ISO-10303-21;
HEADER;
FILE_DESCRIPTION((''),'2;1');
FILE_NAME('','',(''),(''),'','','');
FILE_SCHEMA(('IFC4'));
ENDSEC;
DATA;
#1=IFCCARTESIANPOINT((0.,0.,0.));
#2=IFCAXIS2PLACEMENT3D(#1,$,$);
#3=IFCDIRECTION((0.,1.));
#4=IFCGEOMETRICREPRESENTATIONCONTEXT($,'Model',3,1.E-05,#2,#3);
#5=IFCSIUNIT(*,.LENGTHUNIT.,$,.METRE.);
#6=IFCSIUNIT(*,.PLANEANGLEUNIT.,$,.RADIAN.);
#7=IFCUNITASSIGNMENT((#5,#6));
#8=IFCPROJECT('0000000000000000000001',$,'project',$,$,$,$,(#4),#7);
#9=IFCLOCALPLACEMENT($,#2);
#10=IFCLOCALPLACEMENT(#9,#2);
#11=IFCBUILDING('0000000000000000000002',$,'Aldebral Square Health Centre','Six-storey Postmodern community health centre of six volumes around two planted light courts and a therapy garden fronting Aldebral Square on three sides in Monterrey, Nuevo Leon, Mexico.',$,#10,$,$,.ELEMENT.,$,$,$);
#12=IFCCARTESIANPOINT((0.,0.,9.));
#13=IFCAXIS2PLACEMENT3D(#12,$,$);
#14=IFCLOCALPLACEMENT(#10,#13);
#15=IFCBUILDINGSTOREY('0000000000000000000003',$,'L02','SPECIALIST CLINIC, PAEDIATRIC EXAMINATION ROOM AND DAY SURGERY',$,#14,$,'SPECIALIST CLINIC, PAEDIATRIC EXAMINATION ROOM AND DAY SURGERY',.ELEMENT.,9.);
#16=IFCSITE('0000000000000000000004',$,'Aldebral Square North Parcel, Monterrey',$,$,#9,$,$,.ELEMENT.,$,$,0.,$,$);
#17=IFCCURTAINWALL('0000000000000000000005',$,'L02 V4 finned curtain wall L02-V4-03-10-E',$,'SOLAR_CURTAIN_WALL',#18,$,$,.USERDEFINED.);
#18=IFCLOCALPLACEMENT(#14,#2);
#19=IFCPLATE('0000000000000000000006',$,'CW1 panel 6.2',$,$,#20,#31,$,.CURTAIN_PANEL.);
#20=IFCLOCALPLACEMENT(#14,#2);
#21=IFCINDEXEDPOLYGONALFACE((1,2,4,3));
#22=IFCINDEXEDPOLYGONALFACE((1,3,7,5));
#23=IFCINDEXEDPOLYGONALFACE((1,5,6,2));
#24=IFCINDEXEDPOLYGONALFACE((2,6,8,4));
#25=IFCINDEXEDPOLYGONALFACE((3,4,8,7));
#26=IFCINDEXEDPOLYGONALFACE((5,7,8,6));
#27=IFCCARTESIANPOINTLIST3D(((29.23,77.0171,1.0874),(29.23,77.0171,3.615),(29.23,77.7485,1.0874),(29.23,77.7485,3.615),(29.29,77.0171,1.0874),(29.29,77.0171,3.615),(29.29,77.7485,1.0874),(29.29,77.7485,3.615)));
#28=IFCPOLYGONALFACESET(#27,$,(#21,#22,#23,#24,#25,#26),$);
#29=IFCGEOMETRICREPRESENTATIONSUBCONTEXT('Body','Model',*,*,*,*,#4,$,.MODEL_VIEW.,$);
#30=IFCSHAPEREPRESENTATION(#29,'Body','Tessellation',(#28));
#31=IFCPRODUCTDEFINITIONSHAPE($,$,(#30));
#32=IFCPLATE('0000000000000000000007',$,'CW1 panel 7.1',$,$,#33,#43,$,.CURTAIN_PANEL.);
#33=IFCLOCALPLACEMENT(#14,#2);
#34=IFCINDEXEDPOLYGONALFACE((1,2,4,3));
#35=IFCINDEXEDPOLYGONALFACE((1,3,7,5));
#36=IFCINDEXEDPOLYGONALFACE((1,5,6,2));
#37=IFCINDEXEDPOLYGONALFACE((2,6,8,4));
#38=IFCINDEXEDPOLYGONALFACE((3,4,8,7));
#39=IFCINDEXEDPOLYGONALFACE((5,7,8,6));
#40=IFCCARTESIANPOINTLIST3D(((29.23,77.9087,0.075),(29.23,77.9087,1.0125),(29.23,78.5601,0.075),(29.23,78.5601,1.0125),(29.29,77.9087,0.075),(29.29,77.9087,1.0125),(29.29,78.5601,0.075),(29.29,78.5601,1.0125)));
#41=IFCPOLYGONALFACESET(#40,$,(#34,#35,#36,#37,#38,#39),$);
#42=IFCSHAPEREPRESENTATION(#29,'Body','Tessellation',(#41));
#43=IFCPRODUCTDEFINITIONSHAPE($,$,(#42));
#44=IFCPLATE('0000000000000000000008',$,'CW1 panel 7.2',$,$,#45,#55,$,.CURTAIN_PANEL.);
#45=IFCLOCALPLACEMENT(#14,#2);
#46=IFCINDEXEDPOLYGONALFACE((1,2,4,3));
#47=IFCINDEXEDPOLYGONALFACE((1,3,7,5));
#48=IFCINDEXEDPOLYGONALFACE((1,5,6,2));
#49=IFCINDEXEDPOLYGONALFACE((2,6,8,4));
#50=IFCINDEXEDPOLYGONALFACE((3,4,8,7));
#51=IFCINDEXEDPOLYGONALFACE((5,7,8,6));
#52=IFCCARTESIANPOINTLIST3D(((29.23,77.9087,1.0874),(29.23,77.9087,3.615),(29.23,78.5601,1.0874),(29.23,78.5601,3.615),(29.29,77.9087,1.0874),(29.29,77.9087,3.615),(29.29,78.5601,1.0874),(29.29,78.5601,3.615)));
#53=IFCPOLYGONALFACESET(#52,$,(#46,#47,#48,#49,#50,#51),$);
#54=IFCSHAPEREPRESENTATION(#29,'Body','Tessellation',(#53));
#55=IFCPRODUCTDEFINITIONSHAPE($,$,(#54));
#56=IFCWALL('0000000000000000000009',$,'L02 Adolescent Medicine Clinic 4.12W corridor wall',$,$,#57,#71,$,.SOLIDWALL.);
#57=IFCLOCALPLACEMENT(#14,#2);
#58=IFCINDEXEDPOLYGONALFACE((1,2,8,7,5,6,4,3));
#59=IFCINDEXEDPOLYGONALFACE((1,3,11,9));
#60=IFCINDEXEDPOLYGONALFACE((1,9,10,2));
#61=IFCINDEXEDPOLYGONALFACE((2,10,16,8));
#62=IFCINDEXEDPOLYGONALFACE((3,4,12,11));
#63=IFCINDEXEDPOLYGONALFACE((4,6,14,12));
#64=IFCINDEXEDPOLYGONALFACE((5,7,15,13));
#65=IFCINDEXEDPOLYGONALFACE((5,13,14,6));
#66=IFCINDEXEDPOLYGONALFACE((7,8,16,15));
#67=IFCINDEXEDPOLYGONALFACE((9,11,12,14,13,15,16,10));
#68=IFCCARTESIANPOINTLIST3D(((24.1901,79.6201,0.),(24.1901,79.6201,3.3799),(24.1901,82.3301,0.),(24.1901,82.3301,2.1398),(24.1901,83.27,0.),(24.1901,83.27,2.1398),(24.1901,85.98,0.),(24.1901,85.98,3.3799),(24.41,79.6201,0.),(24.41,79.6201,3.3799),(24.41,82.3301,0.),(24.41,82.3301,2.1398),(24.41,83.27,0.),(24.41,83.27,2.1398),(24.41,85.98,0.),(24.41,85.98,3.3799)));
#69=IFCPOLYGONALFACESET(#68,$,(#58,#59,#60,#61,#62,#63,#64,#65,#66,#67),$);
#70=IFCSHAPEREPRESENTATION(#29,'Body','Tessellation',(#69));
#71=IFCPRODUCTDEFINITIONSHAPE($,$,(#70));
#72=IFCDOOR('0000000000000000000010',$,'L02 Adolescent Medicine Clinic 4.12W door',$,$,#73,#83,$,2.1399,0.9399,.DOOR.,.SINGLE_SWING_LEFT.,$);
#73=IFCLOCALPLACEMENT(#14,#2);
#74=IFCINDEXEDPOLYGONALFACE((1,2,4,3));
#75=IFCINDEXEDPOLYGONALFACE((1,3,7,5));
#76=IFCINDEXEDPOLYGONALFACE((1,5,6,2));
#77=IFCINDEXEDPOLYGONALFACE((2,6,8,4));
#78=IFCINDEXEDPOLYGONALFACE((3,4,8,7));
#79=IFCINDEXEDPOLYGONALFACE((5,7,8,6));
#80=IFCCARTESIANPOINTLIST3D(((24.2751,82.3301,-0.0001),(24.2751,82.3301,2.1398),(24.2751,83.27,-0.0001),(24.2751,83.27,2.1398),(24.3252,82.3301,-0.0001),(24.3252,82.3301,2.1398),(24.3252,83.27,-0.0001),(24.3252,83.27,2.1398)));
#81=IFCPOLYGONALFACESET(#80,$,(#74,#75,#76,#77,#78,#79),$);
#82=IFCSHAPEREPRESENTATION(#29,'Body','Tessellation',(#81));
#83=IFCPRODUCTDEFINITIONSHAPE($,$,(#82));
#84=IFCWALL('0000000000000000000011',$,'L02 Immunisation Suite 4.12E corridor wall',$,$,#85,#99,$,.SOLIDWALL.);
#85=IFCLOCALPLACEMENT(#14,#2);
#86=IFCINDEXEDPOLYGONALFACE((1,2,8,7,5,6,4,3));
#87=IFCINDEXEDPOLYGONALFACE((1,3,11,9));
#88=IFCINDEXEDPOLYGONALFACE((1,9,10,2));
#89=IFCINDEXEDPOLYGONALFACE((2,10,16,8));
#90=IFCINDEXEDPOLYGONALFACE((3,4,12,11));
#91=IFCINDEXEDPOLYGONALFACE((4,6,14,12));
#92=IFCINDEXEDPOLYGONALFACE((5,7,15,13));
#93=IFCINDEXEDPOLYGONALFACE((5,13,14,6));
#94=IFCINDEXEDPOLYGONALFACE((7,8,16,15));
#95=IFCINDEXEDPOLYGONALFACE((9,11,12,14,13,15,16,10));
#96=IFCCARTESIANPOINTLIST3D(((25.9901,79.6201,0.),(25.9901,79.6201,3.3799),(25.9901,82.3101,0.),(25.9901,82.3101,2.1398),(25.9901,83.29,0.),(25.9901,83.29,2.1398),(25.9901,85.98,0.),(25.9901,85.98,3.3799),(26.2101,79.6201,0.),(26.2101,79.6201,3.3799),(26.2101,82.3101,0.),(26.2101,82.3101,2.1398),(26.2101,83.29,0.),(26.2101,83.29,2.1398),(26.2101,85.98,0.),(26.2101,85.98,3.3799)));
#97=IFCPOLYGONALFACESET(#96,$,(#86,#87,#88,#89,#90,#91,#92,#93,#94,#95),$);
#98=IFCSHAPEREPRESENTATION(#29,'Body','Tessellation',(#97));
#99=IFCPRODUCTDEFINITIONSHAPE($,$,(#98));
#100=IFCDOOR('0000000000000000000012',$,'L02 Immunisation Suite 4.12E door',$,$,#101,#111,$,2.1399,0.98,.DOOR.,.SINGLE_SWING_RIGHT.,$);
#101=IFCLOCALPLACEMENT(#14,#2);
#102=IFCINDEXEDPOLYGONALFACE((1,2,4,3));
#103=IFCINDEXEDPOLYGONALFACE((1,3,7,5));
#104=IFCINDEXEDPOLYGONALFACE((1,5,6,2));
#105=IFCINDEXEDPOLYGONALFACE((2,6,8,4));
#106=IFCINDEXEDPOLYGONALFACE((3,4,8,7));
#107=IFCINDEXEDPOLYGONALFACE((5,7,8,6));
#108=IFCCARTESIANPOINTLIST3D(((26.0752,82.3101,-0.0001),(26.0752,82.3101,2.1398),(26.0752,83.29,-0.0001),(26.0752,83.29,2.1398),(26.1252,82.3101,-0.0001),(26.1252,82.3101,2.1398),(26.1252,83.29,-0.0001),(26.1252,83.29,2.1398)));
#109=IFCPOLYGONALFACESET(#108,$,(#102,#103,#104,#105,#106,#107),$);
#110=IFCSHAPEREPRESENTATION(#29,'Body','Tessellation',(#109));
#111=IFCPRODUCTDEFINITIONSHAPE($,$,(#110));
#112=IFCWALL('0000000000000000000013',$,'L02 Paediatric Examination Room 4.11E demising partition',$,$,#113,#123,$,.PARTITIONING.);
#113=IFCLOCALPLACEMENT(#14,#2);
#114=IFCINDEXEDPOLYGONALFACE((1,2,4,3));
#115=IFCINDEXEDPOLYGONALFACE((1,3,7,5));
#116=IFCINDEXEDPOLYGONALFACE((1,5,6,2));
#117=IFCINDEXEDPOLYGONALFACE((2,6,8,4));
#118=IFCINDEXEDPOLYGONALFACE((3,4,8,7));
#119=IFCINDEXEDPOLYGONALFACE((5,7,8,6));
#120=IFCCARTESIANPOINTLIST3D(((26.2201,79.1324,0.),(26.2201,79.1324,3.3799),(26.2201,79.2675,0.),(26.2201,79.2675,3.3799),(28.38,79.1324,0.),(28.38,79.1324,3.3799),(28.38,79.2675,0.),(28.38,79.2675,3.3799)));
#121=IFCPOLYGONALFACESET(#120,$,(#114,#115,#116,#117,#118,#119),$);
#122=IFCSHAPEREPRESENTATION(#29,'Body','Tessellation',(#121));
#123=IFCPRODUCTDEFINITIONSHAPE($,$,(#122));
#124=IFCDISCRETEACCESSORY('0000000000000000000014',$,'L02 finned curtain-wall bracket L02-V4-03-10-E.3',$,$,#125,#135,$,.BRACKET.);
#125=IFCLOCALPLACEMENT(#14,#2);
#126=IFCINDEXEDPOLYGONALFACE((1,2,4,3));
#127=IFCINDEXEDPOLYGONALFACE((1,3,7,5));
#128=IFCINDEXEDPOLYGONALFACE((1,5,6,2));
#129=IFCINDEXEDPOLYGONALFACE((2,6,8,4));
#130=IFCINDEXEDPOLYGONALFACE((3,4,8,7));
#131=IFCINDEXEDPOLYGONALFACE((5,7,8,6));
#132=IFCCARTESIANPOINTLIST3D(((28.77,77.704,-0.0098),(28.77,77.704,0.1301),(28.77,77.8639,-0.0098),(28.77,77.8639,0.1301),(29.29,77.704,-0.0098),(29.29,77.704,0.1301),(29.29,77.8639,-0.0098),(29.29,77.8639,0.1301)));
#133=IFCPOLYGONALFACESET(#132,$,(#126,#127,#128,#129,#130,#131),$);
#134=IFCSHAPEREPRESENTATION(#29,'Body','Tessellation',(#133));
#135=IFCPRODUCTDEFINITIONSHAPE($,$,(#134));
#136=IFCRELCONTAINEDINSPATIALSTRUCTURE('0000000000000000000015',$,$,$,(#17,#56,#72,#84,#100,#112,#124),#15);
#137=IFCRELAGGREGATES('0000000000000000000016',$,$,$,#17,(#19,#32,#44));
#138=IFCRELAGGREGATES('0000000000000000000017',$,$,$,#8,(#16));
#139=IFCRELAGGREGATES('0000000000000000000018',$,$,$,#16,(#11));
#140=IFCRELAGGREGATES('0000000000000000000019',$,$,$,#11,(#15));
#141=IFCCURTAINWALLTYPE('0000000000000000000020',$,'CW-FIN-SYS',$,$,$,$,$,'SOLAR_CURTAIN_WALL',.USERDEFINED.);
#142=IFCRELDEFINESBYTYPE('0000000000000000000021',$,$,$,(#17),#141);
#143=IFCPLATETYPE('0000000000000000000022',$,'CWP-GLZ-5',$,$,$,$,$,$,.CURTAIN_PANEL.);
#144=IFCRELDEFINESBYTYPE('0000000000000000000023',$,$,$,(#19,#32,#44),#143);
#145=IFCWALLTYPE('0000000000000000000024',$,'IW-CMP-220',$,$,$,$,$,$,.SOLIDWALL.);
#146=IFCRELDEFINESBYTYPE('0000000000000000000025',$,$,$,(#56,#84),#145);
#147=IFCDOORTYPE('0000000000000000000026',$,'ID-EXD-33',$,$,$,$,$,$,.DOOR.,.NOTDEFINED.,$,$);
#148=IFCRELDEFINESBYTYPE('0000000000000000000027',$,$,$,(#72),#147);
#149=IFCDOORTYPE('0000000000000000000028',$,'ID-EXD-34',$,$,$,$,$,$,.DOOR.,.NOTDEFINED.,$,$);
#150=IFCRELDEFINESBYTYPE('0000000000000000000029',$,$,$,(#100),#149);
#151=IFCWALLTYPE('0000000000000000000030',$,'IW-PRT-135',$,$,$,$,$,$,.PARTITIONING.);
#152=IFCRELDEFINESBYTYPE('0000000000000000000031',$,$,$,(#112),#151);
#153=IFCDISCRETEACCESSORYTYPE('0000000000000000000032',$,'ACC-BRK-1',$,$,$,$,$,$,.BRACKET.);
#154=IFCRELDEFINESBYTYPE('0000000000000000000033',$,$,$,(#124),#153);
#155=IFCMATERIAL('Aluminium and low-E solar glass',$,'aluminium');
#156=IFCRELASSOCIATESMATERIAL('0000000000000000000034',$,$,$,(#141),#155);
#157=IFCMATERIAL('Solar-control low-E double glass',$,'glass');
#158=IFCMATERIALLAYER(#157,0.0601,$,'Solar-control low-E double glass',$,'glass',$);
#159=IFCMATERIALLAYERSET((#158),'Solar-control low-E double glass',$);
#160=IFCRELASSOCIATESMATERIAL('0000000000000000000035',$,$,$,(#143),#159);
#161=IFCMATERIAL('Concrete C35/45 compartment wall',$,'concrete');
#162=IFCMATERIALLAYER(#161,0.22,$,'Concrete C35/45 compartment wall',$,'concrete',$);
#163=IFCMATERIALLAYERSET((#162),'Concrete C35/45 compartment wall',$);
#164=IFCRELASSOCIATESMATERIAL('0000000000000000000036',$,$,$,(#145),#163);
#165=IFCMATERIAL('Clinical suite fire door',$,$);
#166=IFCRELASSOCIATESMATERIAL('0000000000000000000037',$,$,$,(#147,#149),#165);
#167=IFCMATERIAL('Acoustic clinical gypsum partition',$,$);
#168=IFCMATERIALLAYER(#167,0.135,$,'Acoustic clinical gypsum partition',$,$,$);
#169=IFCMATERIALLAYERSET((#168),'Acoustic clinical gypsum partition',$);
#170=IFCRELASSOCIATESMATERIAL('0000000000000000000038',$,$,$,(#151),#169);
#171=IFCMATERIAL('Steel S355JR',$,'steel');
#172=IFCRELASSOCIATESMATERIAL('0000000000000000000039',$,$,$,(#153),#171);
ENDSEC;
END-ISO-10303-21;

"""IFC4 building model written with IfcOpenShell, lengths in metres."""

from ifc_helpers import new_model, si_unit, direction, frame, frame_2d, origin, origin_2d, place, context, subcontext, project, spatial, rectangle, extrude, material, layer, layer_set, type_object, element, fill, aggregate, save


model = new_model("IFC4")

# Units and contexts
model_context = context("Model", 3, precision=1e-05, world=origin(), true_north=direction((0.0, 1.0)))
body_context = subcontext(model_context, "Body", "Model", "MODEL_VIEW")
ifc_project = project(units=[si_unit("LENGTHUNIT", "METRE"), si_unit("PLANEANGLEUNIT", "RADIAN")], contexts=[model_context])

# Site, building, storey
site_placement = place(None, origin())
site = spatial("IfcSite", under=ifc_project, at=site_placement, Name="Aldebral Square North Parcel, Monterrey", CompositionType="ELEMENT", RefElevation=0.0)
building_placement = place(site_placement, origin())
building = spatial("IfcBuilding", under=site, at=building_placement, Name="Aldebral Square Health Centre", Description="Six-storey Postmodern community health centre of six volumes around two planted light courts and a therapy garden fronting Aldebral Square on three sides in Monterrey, Nuevo Leon, Mexico.", CompositionType="ELEMENT")
storey_placement = place(building_placement, frame((0.0, 0.0, 9.0)))
storey = spatial("IfcBuildingStorey", under=building, at=storey_placement, Name="L02", Description="SPECIALIST CLINIC, PAEDIATRIC EXAMINATION ROOM AND DAY SURGERY", LongName="SPECIALIST CLINIC, PAEDIATRIC EXAMINATION ROOM AND DAY SURGERY", CompositionType="ELEMENT", Elevation=9.0)

# Curtain wall
ifc_material_1 = material(Name="Aluminium and low-E solar glass", Category="aluminium")
curtain_wall_type = type_object("IfcCurtainWallType", Name="CW-FIN-SYS", ElementType="SOLAR_CURTAIN_WALL", PredefinedType="USERDEFINED", material=ifc_material_1)
curtain_wall_1_placement = place(storey_placement, origin())
curtain_wall_1 = element("IfcCurtainWall", 1, at=curtain_wall_1_placement, inside=storey, type_object=curtain_wall_type, Name="L02 V4 finned curtain wall L02-V4-03-10-E", ObjectType="SOLAR_CURTAIN_WALL", PredefinedType="USERDEFINED")

# Plates
ifc_material_2 = material(Name="Solar-control low-E double glass", Category="glass")
ifc_layer_1 = layer(ifc_material_2, 0.0601, Name="Solar-control low-E double glass", Category="glass")
ifc_layer_set_1 = layer_set([ifc_layer_1], Name="Solar-control low-E double glass")
plate_type = type_object("IfcPlateType", Name="CWP-GLZ-5", PredefinedType="CURTAIN_PANEL", material=ifc_layer_set_1)
plate_1_placement = place(storey_placement, frame((29.26, 77.3828, 1.0874), z_axis=(0.0, 0.0, 1.0), x_axis=(0.0, 1.0, 0.0)))
plate_1 = element("IfcPlate", 2, at=plate_1_placement, type_object=plate_type, Name="CW1 panel 6.2", PredefinedType="CURTAIN_PANEL", context=body_context, shape_type="SweptSolid", body=[
    extrude(rectangle(XDim=0.7314, YDim=0.0601, at=origin_2d()), origin(), (0.0, 0.0, 1.0), 2.5276),
])
plate_2_placement = place(storey_placement, frame((29.26, 78.2344, 0.075), z_axis=(0.0, 0.0, 1.0), x_axis=(0.0, 1.0, 0.0)))
plate_2 = element("IfcPlate", 3, at=plate_2_placement, type_object=plate_type, Name="CW1 panel 7.1", PredefinedType="CURTAIN_PANEL", context=body_context, shape_type="SweptSolid", body=[
    extrude(rectangle(XDim=0.6514, YDim=0.0601, at=origin_2d()), origin(), (0.0, 0.0, 1.0), 0.9375),
])
plate_3_placement = place(storey_placement, frame((29.26, 78.2344, 1.0874), z_axis=(0.0, 0.0, 1.0), x_axis=(0.0, 1.0, 0.0)))
plate_3 = element("IfcPlate", 4, at=plate_3_placement, type_object=plate_type, Name="CW1 panel 7.2", PredefinedType="CURTAIN_PANEL", context=body_context, shape_type="SweptSolid", body=[
    extrude(rectangle(XDim=0.6514, YDim=0.0601, at=origin_2d()), origin(), (0.0, 0.0, 1.0), 2.5276),
])
aggregate(curtain_wall_1, [plate_1, plate_2, plate_3])

# Walls, openings, doors
ifc_material_3 = material(Name="Concrete C35/45 compartment wall", Category="concrete")
ifc_layer_2 = layer(ifc_material_3, 0.22, Name="Concrete C35/45 compartment wall", Category="concrete")
ifc_layer_set_2 = layer_set([ifc_layer_2], Name="Concrete C35/45 compartment wall")
wall_type_1 = type_object("IfcWallType", Name="IW-CMP-220", PredefinedType="SOLIDWALL", material=ifc_layer_set_2)
wall_1_placement = place(storey_placement, frame((24.3, 79.6201, 0.0), z_axis=(0.0, 0.0, 1.0), x_axis=(0.0, 1.0, 0.0)))
wall_1 = element("IfcWall", 5, at=wall_1_placement, inside=storey, type_object=wall_type_1, Name="L02 Adolescent Medicine Clinic 4.12W corridor wall", PredefinedType="SOLIDWALL", context=body_context, shape_type="SweptSolid", body=[
    extrude(rectangle(XDim=6.3599, YDim=0.22, at=frame_2d((3.1799, 0.0))), origin(), (0.0, 0.0, 1.0), 3.3799),
])
opening_1_placement = place(wall_1_placement, frame((2.71, 0.0, 0.0)))
opening_1 = element("IfcOpeningElement", 6, at=opening_1_placement, cuts=wall_1, PredefinedType="OPENING", context=body_context, shape_type="SweptSolid", body=[
    extrude(rectangle(XDim=0.9399, YDim=2.1399, at=frame_2d((0.47, 1.0698))), frame((0.0, 0.1201, 0.0), z_axis=(0.0, -1.0, 0.0), x_axis=(1.0, 0.0, 0.0)), (0.0, 0.0, 1.0), 0.24),
])
ifc_material_4 = material(Name="Clinical suite fire door")
door_type_1 = type_object("IfcDoorType", Name="ID-EXD-33", OperationType="NOTDEFINED", PredefinedType="DOOR", material=ifc_material_4)
door_1_placement = place(opening_1_placement, origin())
door_1 = element("IfcDoor", 7, at=door_1_placement, inside=storey, type_object=door_type_1, Name="L02 Adolescent Medicine Clinic 4.12W door", OperationType="SINGLE_SWING_LEFT", OverallHeight=2.1399, OverallWidth=0.9399, PredefinedType="DOOR", context=body_context, shape_type="SweptSolid", body=[
    extrude(rectangle(XDim=0.9399, YDim=2.1399, at=frame_2d((0.47, 1.0698))), frame((0.0, 0.0249, 0.0), z_axis=(0.0, -1.0, 0.0), x_axis=(1.0, 0.0, 0.0)), (0.0, 0.0, 1.0), 0.05),
])
fill(opening_1, door_1)
wall_2_placement = place(storey_placement, frame((26.1001, 79.6201, 0.0), z_axis=(0.0, 0.0, 1.0), x_axis=(0.0, 1.0, 0.0)))
wall_2 = element("IfcWall", 8, at=wall_2_placement, inside=storey, type_object=wall_type_1, Name="L02 Immunisation Suite 4.12E corridor wall", PredefinedType="SOLIDWALL", context=body_context, shape_type="SweptSolid", body=[
    extrude(rectangle(XDim=6.3599, YDim=0.22, at=frame_2d((3.1799, 0.0))), origin(), (0.0, 0.0, 1.0), 3.3799),
])
opening_2_placement = place(wall_2_placement, frame((2.6899, 0.0, 0.0)))
opening_2 = element("IfcOpeningElement", 9, at=opening_2_placement, cuts=wall_2, PredefinedType="OPENING", context=body_context, shape_type="SweptSolid", body=[
    extrude(rectangle(XDim=0.98, YDim=2.1399, at=frame_2d((0.49, 1.0698))), frame((0.0, 0.1201, 0.0), z_axis=(0.0, -1.0, 0.0), x_axis=(1.0, 0.0, 0.0)), (0.0, 0.0, 1.0), 0.24),
])
door_type_2 = type_object("IfcDoorType", Name="ID-EXD-34", OperationType="NOTDEFINED", PredefinedType="DOOR", material=ifc_material_4)
door_2_placement = place(opening_2_placement, origin())
door_2 = element("IfcDoor", 10, at=door_2_placement, inside=storey, type_object=door_type_2, Name="L02 Immunisation Suite 4.12E door", OperationType="SINGLE_SWING_RIGHT", OverallHeight=2.1399, OverallWidth=0.98, PredefinedType="DOOR", context=body_context, shape_type="SweptSolid", body=[
    extrude(rectangle(XDim=0.98, YDim=2.1399, at=frame_2d((0.49, 1.0698))), frame((0.0, 0.0249, 0.0), z_axis=(0.0, -1.0, 0.0), x_axis=(1.0, 0.0, 0.0)), (0.0, 0.0, 1.0), 0.05),
])
fill(opening_2, door_2)

# Wall
ifc_material_5 = material(Name="Acoustic clinical gypsum partition")
ifc_layer_3 = layer(ifc_material_5, 0.135, Name="Acoustic clinical gypsum partition")
ifc_layer_set_3 = layer_set([ifc_layer_3], Name="Acoustic clinical gypsum partition")
wall_type_2 = type_object("IfcWallType", Name="IW-PRT-135", PredefinedType="PARTITIONING", material=ifc_layer_set_3)
wall_3_placement = place(storey_placement, frame((26.22, 79.2, 0.0), z_axis=(0.0, 0.0, 1.0), x_axis=(1.0, 0.0, 0.0)))
element("IfcWall", 11, at=wall_3_placement, inside=storey, type_object=wall_type_2, Name="L02 Paediatric Examination Room 4.11E demising partition", PredefinedType="PARTITIONING", context=body_context, shape_type="SweptSolid", body=[
    extrude(rectangle(XDim=2.1599, YDim=0.135, at=frame_2d((1.0801, 0.0))), origin(), (0.0, 0.0, 1.0), 3.3799),
])

# Discrete accessory
ifc_material_6 = material(Name="Steel S355JR", Category="steel")
discrete_accessory_type = type_object("IfcDiscreteAccessoryType", Name="ACC-BRK-1", PredefinedType="BRACKET", material=ifc_material_6)
discrete_accessory_placement = place(storey_placement, frame((29.03, 77.7839, -0.0098), z_axis=(0.0, 0.0, 1.0), x_axis=(0.0, 1.0, 0.0)))
element("IfcDiscreteAccessory", 12, at=discrete_accessory_placement, inside=storey, type_object=discrete_accessory_type, Name="L02 finned curtain-wall bracket L02-V4-03-10-E.3", PredefinedType="BRACKET", context=body_context, shape_type="SweptSolid", body=[
    extrude(rectangle(XDim=0.1599, YDim=0.52, at=origin_2d()), origin(), (0.0, 0.0, 1.0), 0.1399),
])

save(model, "model.ifc")
